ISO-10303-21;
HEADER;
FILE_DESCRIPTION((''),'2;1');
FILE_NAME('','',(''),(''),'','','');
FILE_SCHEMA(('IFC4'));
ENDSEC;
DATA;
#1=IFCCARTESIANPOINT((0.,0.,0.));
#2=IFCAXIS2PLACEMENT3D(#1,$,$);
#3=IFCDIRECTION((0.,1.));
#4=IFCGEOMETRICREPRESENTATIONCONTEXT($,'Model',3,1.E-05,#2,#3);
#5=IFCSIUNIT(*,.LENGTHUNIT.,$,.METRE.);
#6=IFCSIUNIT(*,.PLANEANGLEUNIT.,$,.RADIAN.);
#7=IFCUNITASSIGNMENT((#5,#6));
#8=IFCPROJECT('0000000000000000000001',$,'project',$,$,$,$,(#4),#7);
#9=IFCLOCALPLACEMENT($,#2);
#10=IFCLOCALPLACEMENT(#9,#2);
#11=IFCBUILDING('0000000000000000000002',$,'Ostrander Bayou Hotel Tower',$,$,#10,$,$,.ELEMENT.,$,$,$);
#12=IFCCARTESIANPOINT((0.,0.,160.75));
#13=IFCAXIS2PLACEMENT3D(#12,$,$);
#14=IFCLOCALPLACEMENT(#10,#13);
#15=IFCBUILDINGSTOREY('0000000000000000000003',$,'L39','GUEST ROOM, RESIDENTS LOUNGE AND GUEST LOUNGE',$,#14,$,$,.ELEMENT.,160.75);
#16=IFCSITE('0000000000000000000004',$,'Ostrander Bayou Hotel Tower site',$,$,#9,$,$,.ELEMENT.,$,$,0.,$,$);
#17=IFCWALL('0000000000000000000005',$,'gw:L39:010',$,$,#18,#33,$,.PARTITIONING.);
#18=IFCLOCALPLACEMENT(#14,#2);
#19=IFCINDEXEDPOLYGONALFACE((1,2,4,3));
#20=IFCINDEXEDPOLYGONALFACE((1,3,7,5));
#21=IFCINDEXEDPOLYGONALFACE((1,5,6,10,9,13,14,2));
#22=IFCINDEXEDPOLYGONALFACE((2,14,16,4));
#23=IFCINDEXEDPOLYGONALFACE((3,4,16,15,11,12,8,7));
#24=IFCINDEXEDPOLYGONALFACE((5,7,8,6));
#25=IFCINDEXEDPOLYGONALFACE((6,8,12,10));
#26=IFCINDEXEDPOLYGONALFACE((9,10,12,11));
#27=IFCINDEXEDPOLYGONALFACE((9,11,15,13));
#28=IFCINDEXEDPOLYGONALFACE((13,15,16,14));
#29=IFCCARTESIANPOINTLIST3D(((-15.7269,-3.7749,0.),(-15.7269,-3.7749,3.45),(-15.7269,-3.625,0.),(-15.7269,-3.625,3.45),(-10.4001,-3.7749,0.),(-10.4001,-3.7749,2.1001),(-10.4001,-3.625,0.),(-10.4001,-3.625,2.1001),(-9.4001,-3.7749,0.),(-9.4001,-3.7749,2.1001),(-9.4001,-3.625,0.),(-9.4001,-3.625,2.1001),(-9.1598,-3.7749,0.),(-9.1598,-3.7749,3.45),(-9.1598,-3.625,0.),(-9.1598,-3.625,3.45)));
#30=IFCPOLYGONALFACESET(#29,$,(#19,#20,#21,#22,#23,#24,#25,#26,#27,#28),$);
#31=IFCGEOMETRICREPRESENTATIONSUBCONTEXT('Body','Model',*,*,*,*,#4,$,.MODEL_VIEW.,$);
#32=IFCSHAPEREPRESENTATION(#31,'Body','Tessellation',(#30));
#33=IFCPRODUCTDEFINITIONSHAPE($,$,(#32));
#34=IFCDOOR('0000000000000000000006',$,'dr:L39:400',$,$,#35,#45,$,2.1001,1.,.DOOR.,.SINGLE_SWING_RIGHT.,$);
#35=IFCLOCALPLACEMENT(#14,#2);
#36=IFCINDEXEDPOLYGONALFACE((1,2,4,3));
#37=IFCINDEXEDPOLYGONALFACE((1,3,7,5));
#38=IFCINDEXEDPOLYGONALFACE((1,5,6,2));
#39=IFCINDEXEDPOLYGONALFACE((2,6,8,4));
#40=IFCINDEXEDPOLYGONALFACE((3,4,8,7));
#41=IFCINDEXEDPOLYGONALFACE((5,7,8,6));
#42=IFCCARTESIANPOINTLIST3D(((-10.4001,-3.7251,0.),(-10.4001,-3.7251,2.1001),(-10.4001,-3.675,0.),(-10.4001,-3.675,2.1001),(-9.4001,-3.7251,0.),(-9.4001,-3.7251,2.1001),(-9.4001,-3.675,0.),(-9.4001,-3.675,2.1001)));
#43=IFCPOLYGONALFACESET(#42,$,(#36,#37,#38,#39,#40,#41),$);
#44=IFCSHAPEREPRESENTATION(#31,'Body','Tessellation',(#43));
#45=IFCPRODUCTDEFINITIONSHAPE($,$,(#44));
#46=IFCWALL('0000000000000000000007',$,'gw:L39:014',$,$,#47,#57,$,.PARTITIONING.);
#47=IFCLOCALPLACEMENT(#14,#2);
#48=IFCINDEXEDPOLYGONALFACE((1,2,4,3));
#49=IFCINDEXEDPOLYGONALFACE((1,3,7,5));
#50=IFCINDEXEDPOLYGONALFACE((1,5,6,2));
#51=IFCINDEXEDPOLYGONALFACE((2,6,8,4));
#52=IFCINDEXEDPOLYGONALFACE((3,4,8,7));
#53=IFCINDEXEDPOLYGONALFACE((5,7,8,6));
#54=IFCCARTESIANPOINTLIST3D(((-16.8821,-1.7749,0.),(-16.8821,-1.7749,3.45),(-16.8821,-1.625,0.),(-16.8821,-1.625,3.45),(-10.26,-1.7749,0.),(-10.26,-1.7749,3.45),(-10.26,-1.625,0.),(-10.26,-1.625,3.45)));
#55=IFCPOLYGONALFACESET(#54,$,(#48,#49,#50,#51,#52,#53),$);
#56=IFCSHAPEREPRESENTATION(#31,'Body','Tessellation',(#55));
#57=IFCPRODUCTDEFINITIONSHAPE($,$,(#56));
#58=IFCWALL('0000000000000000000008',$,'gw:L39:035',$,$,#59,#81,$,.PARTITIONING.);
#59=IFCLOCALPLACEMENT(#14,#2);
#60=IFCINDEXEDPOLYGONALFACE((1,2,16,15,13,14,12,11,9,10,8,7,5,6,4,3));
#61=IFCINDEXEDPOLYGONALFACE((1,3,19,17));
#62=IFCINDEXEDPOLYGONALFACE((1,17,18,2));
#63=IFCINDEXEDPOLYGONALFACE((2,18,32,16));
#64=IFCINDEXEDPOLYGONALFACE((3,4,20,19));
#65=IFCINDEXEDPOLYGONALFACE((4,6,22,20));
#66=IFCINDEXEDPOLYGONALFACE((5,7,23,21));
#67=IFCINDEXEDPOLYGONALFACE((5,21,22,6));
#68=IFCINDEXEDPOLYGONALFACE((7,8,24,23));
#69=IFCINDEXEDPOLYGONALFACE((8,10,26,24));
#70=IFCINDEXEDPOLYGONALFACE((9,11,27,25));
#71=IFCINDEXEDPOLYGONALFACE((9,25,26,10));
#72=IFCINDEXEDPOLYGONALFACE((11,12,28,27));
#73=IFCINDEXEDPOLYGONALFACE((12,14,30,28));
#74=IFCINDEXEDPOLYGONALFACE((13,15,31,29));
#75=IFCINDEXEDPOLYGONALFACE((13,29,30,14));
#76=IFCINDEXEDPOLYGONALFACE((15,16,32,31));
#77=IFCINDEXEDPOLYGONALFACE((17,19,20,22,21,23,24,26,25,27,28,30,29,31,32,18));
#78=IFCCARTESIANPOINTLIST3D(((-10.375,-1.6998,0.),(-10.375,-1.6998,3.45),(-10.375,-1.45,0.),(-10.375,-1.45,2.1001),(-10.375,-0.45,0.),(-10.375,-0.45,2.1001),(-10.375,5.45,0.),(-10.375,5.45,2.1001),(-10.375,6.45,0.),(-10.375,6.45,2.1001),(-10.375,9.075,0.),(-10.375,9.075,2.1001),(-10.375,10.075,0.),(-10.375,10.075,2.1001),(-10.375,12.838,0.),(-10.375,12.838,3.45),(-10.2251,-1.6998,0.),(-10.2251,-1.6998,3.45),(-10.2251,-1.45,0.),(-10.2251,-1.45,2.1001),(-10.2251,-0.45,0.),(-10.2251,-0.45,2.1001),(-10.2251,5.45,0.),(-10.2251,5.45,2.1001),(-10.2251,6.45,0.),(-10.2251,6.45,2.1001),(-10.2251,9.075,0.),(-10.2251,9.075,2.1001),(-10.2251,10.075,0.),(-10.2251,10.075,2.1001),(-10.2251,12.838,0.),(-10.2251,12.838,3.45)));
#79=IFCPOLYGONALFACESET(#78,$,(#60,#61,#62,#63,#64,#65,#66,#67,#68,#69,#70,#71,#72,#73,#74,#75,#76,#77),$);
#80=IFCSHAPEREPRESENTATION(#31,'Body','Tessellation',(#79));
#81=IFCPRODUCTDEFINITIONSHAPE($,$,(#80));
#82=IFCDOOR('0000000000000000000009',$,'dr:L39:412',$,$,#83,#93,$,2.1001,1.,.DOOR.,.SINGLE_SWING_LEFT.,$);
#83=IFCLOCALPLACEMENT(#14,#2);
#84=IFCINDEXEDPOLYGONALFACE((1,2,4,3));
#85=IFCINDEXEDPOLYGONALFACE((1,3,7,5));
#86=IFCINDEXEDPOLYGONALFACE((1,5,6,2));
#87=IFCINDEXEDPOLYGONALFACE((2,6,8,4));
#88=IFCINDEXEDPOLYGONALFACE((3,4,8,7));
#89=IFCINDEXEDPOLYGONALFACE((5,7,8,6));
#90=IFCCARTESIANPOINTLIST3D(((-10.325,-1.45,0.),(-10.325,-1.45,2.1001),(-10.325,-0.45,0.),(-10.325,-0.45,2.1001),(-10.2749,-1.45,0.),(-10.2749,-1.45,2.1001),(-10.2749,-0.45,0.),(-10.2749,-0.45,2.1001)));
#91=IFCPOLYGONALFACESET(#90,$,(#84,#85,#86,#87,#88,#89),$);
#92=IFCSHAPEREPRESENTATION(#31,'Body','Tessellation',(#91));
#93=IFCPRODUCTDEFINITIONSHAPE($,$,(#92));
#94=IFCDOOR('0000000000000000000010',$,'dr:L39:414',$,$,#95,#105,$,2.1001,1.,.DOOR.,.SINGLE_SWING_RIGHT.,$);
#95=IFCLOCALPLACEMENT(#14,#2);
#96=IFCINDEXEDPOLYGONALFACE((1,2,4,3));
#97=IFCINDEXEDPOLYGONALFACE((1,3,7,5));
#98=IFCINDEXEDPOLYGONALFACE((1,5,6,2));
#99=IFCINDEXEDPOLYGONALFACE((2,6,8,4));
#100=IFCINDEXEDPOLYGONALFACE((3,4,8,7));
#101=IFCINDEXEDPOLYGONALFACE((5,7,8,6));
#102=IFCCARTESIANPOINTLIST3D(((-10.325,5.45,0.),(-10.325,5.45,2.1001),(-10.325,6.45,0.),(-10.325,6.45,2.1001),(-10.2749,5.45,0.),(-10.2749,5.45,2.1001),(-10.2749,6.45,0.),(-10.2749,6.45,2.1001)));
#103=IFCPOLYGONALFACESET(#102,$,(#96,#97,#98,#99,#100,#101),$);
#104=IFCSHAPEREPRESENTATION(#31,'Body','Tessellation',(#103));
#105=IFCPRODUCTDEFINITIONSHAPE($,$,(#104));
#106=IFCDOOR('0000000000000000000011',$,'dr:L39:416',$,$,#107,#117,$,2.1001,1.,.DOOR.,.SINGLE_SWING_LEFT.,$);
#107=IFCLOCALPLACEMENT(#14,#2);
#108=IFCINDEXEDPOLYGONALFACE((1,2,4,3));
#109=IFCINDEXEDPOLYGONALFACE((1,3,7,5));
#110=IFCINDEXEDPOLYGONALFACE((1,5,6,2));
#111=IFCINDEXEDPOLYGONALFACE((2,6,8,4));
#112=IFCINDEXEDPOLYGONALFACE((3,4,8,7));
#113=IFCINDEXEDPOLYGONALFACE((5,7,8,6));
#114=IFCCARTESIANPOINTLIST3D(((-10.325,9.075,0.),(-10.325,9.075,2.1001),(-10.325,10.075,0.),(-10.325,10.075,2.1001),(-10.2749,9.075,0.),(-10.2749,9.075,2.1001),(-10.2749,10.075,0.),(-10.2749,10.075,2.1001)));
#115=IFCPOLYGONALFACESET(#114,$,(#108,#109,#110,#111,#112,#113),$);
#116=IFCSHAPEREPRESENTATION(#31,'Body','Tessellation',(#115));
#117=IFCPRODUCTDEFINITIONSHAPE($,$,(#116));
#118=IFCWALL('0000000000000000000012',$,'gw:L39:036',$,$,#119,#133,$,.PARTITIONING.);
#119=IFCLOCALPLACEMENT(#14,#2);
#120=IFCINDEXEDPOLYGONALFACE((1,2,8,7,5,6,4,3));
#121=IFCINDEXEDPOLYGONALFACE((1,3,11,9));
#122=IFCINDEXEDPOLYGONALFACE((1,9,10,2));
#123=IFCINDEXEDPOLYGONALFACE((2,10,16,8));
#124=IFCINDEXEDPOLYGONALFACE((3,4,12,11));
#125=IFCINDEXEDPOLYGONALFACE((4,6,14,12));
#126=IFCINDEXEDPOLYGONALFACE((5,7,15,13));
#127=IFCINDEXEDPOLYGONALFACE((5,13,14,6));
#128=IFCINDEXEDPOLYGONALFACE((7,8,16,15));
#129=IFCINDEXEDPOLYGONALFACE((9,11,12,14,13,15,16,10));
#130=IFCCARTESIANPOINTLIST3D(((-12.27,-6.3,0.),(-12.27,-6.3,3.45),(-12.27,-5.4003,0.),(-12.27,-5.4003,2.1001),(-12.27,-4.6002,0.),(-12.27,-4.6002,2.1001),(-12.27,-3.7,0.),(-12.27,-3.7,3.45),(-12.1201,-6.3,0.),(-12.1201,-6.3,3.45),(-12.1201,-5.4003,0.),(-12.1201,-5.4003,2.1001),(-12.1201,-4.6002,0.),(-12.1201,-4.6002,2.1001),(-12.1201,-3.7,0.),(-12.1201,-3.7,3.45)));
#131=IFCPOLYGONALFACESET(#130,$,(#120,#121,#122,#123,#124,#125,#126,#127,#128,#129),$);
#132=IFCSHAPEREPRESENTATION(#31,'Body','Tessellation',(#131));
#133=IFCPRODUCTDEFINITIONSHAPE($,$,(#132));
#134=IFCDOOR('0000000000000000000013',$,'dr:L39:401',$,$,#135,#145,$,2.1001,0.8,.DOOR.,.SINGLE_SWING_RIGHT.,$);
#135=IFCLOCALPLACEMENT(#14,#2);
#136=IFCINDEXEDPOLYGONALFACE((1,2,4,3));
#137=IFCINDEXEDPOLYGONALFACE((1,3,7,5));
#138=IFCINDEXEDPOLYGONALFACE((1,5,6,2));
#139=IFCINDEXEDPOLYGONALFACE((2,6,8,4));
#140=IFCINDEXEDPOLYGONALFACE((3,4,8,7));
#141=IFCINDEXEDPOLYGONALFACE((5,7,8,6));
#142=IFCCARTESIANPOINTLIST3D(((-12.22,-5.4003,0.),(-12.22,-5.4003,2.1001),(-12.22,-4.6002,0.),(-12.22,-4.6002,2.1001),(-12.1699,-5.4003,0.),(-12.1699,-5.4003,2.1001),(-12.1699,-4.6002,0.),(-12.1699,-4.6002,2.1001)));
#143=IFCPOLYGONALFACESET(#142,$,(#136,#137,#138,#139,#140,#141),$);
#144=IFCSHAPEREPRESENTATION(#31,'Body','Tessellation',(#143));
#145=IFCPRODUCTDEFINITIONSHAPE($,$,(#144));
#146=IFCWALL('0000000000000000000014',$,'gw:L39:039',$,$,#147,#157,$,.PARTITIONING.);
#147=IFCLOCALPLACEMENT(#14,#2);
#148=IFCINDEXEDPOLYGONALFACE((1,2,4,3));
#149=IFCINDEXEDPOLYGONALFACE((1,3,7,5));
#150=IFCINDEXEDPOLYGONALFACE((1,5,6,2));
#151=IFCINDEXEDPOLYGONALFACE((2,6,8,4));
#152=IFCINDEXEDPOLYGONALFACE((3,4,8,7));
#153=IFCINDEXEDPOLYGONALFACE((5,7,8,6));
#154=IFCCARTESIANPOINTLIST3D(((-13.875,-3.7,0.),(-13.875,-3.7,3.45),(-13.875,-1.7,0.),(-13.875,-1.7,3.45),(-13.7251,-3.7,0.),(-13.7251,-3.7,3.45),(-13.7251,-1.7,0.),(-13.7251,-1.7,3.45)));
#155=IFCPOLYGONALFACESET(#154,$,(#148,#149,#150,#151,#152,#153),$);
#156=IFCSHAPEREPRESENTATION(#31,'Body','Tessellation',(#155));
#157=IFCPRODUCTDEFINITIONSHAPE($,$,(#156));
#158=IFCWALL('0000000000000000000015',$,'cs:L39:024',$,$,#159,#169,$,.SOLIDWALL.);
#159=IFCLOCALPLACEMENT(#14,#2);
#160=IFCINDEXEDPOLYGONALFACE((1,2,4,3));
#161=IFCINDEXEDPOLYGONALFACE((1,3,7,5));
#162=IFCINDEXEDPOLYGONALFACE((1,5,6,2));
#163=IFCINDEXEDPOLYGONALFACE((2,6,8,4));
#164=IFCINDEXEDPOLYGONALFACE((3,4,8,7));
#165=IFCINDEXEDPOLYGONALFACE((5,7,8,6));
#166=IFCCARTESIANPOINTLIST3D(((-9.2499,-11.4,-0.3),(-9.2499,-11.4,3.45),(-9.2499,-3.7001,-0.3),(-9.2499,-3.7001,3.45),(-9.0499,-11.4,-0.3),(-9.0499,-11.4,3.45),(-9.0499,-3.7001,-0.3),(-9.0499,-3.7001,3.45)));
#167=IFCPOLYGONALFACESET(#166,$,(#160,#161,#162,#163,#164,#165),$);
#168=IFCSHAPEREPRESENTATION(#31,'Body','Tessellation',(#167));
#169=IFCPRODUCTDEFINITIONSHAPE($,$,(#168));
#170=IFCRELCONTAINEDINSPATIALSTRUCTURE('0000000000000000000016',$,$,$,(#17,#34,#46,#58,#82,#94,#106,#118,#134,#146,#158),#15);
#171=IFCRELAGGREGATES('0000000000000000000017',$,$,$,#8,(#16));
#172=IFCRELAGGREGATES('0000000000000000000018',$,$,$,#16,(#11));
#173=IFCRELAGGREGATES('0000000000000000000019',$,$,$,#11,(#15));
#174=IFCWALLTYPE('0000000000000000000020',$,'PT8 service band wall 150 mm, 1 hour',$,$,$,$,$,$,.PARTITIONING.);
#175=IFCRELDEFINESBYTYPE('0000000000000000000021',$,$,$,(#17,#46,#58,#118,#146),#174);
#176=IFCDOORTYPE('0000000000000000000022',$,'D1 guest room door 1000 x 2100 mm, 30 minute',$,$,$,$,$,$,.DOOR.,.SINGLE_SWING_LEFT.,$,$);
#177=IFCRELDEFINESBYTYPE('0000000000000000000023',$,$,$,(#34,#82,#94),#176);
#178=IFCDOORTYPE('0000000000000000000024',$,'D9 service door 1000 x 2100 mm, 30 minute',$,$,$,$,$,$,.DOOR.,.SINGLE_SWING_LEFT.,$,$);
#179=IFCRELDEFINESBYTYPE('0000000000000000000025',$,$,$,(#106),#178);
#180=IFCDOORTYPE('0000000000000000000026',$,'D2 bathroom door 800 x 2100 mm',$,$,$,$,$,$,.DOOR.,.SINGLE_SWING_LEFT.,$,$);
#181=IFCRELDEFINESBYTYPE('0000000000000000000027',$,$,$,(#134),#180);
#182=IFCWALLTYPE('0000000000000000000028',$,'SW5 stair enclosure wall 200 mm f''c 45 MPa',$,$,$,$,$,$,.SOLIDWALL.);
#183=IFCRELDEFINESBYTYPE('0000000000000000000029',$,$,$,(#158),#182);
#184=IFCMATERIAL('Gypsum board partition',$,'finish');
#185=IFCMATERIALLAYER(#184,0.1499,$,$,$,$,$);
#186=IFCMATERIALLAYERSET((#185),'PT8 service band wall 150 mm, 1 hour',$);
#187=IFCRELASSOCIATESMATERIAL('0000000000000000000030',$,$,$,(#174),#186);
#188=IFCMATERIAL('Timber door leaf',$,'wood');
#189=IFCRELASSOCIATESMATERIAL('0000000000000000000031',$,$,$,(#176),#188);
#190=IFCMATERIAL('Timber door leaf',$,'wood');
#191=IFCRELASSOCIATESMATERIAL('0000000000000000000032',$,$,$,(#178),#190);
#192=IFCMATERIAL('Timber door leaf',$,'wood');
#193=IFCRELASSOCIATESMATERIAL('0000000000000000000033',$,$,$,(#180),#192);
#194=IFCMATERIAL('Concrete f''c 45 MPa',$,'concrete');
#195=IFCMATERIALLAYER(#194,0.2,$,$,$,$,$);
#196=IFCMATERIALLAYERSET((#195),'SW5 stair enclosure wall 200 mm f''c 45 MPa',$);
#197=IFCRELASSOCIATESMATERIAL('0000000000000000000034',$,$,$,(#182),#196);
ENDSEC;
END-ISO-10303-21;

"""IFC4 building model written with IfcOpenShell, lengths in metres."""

from ifc_helpers import new_model, si_unit, direction, frame, frame_2d, origin, place, context, subcontext, project, spatial, rectangle, extrude, material, layer, layer_set, type_object, element, fill, save


model = new_model("IFC4")

# Units and contexts
model_context = context("Model", 3, precision=1e-05, world=origin(), true_north=direction((0.0, 1.0)))
body_context = subcontext(model_context, "Body", "Model", "MODEL_VIEW")
ifc_project = project(units=[si_unit("LENGTHUNIT", "METRE"), si_unit("PLANEANGLEUNIT", "RADIAN")], contexts=[model_context])

# Site, building, storey
site_placement = place(None, origin())
site = spatial("IfcSite", under=ifc_project, at=site_placement, Name="Ostrander Bayou Hotel Tower site", CompositionType="ELEMENT", RefElevation=0.0)
building_placement = place(site_placement, origin())
building = spatial("IfcBuilding", under=site, at=building_placement, Name="Ostrander Bayou Hotel Tower", CompositionType="ELEMENT")
storey_placement = place(building_placement, frame((0.0, 0.0, 160.75)))
storey = spatial("IfcBuildingStorey", under=building, at=storey_placement, Name="L39", Description="GUEST ROOM, RESIDENTS LOUNGE AND GUEST LOUNGE", CompositionType="ELEMENT", Elevation=160.75)

# Shared definitions
ifc_material_1 = material(Name="Gypsum board partition", Category="finish")
ifc_layer_1 = layer(ifc_material_1, 0.1499)
ifc_layer_set_1 = layer_set([ifc_layer_1], Name="PT8 service band wall 150 mm, 1 hour")
wall_type_1 = type_object("IfcWallType", Name="PT8 service band wall 150 mm, 1 hour", PredefinedType="PARTITIONING", material=ifc_layer_set_1)

# Wall, opening, door
wall_1_placement = place(storey_placement, frame((-15.7271, -3.7, 0.0), z_axis=(0.0, 0.0, 1.0), x_axis=(1.0, 0.0, 0.0)))
wall_1 = element("IfcWall", 1, at=wall_1_placement, inside=storey, type_object=wall_type_1, Name="gw:L39:010", PredefinedType="PARTITIONING", context=body_context, shape_type="SweptSolid", body=[
    extrude(rectangle(XDim=6.5671, YDim=0.1499, at=frame_2d((3.2837, 0.0))), origin(), (0.0, 0.0, 1.0), 3.45),
])
opening_1_placement = place(wall_1_placement, frame((5.3269, 0.0, 0.0)))
opening_1 = element("IfcOpeningElement", 2, at=opening_1_placement, cuts=wall_1, PredefinedType="OPENING", context=body_context, shape_type="SweptSolid", body=[
    extrude(rectangle(XDim=1.0, YDim=2.1001, at=frame_2d((0.5, 1.05))), frame((0.0, 0.075, 0.0), z_axis=(0.0, -1.0, 0.0), x_axis=(1.0, 0.0, 0.0)), (0.0, 0.0, 1.0), 0.1499),
])
ifc_material_2 = material(Name="Timber door leaf", Category="wood")
door_type_1 = type_object("IfcDoorType", Name="D1 guest room door 1000 x 2100 mm, 30 minute", OperationType="SINGLE_SWING_LEFT", PredefinedType="DOOR", material=ifc_material_2)
door_1_placement = place(opening_1_placement, origin())
door_1 = element("IfcDoor", 3, at=door_1_placement, inside=storey, type_object=door_type_1, Name="dr:L39:400", OperationType="SINGLE_SWING_RIGHT", OverallHeight=2.1001, OverallWidth=1.0, PredefinedType="DOOR", context=body_context, shape_type="SweptSolid", body=[
    extrude(rectangle(XDim=1.0, YDim=2.1001, at=frame_2d((0.5, 1.05))), frame((0.0, 0.0249, 0.0), z_axis=(0.0, -1.0, 0.0), x_axis=(1.0, 0.0, 0.0)), (0.0, 0.0, 1.0), 0.05),
])
fill(opening_1, door_1)

# Wall
wall_2_placement = place(storey_placement, frame((-16.8821, -1.7, 0.0), z_axis=(0.0, 0.0, 1.0), x_axis=(1.0, 0.0, 0.0)))
element("IfcWall", 4, at=wall_2_placement, inside=storey, type_object=wall_type_1, Name="gw:L39:014", PredefinedType="PARTITIONING", context=body_context, shape_type="SweptSolid", body=[
    extrude(rectangle(XDim=6.6221, YDim=0.1499, at=frame_2d((3.311, 0.0))), origin(), (0.0, 0.0, 1.0), 3.45),
])

# Wall, openings, doors
wall_3_placement = place(storey_placement, frame((-10.3, -1.7, 0.0), z_axis=(0.0, 0.0, 1.0), x_axis=(0.0, 1.0, 0.0)))
wall_3 = element("IfcWall", 5, at=wall_3_placement, inside=storey, type_object=wall_type_1, Name="gw:L39:035", PredefinedType="PARTITIONING", context=body_context, shape_type="SweptSolid", body=[
    extrude(rectangle(XDim=14.5378, YDim=0.1499, at=frame_2d((7.269, 0.0))), origin(), (0.0, 0.0, 1.0), 3.45),
])
opening_2_placement = place(wall_3_placement, frame((0.25, 0.0, 0.0)))
opening_2 = element("IfcOpeningElement", 6, at=opening_2_placement, cuts=wall_3, PredefinedType="OPENING", context=body_context, shape_type="SweptSolid", body=[
    extrude(rectangle(XDim=1.0, YDim=2.1001, at=frame_2d((0.5, 1.05))), frame((0.0, 0.075, 0.0), z_axis=(0.0, -1.0, 0.0), x_axis=(1.0, 0.0, 0.0)), (0.0, 0.0, 1.0), 0.1499),
])
opening_3_placement = place(wall_3_placement, frame((7.1499, 0.0, 0.0)))
opening_3 = element("IfcOpeningElement", 7, at=opening_3_placement, cuts=wall_3, PredefinedType="OPENING", context=body_context, shape_type="SweptSolid", body=[
    extrude(rectangle(XDim=1.0, YDim=2.1001, at=frame_2d((0.5, 1.05))), frame((0.0, 0.075, 0.0), z_axis=(0.0, -1.0, 0.0), x_axis=(1.0, 0.0, 0.0)), (0.0, 0.0, 1.0), 0.1499),
])
opening_4_placement = place(wall_3_placement, frame((10.7749, 0.0, 0.0)))
opening_4 = element("IfcOpeningElement", 8, at=opening_4_placement, cuts=wall_3, PredefinedType="OPENING", context=body_context, shape_type="SweptSolid", body=[
    extrude(rectangle(XDim=1.0, YDim=2.1001, at=frame_2d((0.5, 1.05))), frame((0.0, 0.075, 0.0), z_axis=(0.0, -1.0, 0.0), x_axis=(1.0, 0.0, 0.0)), (0.0, 0.0, 1.0), 0.1499),
])
door_2_placement = place(opening_2_placement, origin())
door_2 = element("IfcDoor", 9, at=door_2_placement, inside=storey, type_object=door_type_1, Name="dr:L39:412", OperationType="SINGLE_SWING_LEFT", OverallHeight=2.1001, OverallWidth=1.0, PredefinedType="DOOR", context=body_context, shape_type="SweptSolid", body=[
    extrude(rectangle(XDim=1.0, YDim=2.1001, at=frame_2d((0.5, 1.05))), frame((0.0, 0.0249, 0.0), z_axis=(0.0, -1.0, 0.0), x_axis=(1.0, 0.0, 0.0)), (0.0, 0.0, 1.0), 0.05),
])
fill(opening_2, door_2)
door_3_placement = place(opening_3_placement, origin())
door_3 = element("IfcDoor", 10, at=door_3_placement, inside=storey, type_object=door_type_1, Name="dr:L39:414", OperationType="SINGLE_SWING_RIGHT", OverallHeight=2.1001, OverallWidth=1.0, PredefinedType="DOOR", context=body_context, shape_type="SweptSolid", body=[
    extrude(rectangle(XDim=1.0, YDim=2.1001, at=frame_2d((0.5, 1.05))), frame((0.0, 0.0249, 0.0), z_axis=(0.0, -1.0, 0.0), x_axis=(1.0, 0.0, 0.0)), (0.0, 0.0, 1.0), 0.05),
])
fill(opening_3, door_3)
ifc_material_3 = material(Name="Timber door leaf", Category="wood")
door_type_2 = type_object("IfcDoorType", Name="D9 service door 1000 x 2100 mm, 30 minute", OperationType="SINGLE_SWING_LEFT", PredefinedType="DOOR", material=ifc_material_3)
door_4_placement = place(opening_4_placement, origin())
door_4 = element("IfcDoor", 11, at=door_4_placement, inside=storey, type_object=door_type_2, Name="dr:L39:416", OperationType="SINGLE_SWING_LEFT", OverallHeight=2.1001, OverallWidth=1.0, PredefinedType="DOOR", context=body_context, shape_type="SweptSolid", body=[
    extrude(rectangle(XDim=1.0, YDim=2.1001, at=frame_2d((0.5, 1.05))), frame((0.0, 0.0249, 0.0), z_axis=(0.0, -1.0, 0.0), x_axis=(1.0, 0.0, 0.0)), (0.0, 0.0, 1.0), 0.05),
])
fill(opening_4, door_4)

# Wall, opening, door
wall_4_placement = place(storey_placement, frame((-12.1951, -6.3, 0.0), z_axis=(0.0, 0.0, 1.0), x_axis=(0.0, 1.0, 0.0)))
wall_4 = element("IfcWall", 12, at=wall_4_placement, inside=storey, type_object=wall_type_1, Name="gw:L39:036", PredefinedType="PARTITIONING", context=body_context, shape_type="SweptSolid", body=[
    extrude(rectangle(XDim=2.6001, YDim=0.1499, at=frame_2d((1.3, 0.0))), origin(), (0.0, 0.0, 1.0), 3.45),
])
opening_5_placement = place(wall_4_placement, frame((0.8999, 0.0, 0.0)))
opening_5 = element("IfcOpeningElement", 13, at=opening_5_placement, cuts=wall_4, PredefinedType="OPENING", context=body_context, shape_type="SweptSolid", body=[
    extrude(rectangle(XDim=0.8, YDim=2.1001, at=frame_2d((0.3999, 1.05))), frame((0.0, 0.075, 0.0), z_axis=(0.0, -1.0, 0.0), x_axis=(1.0, 0.0, 0.0)), (0.0, 0.0, 1.0), 0.1499),
])
ifc_material_4 = material(Name="Timber door leaf", Category="wood")
door_type_3 = type_object("IfcDoorType", Name="D2 bathroom door 800 x 2100 mm", OperationType="SINGLE_SWING_LEFT", PredefinedType="DOOR", material=ifc_material_4)
door_5_placement = place(opening_5_placement, origin())
door_5 = element("IfcDoor", 14, at=door_5_placement, inside=storey, type_object=door_type_3, Name="dr:L39:401", OperationType="SINGLE_SWING_RIGHT", OverallHeight=2.1001, OverallWidth=0.8, PredefinedType="DOOR", context=body_context, shape_type="SweptSolid", body=[
    extrude(rectangle(XDim=0.8, YDim=2.1001, at=frame_2d((0.3999, 1.05))), frame((0.0, 0.0249, 0.0), z_axis=(0.0, -1.0, 0.0), x_axis=(1.0, 0.0, 0.0)), (0.0, 0.0, 1.0), 0.05),
])
fill(opening_5, door_5)

# Wall
wall_5_placement = place(storey_placement, frame((-13.8, -3.7, 0.0), z_axis=(0.0, 0.0, 1.0), x_axis=(0.0, 1.0, 0.0)))
element("IfcWall", 15, at=wall_5_placement, inside=storey, type_object=wall_type_1, Name="gw:L39:039", PredefinedType="PARTITIONING", context=body_context, shape_type="SweptSolid", body=[
    extrude(rectangle(XDim=2.0, YDim=0.1499, at=frame_2d((1.0, 0.0))), origin(), (0.0, 0.0, 1.0), 3.45),
])

# Shared definitions
ifc_material_5 = material(Name="Concrete f'c 45 MPa", Category="concrete")
ifc_layer_2 = layer(ifc_material_5, 0.2)
ifc_layer_set_2 = layer_set([ifc_layer_2], Name="SW5 stair enclosure wall 200 mm f'c 45 MPa")
wall_type_2 = type_object("IfcWallType", Name="SW5 stair enclosure wall 200 mm f'c 45 MPa", PredefinedType="SOLIDWALL", material=ifc_layer_set_2)

# Wall
wall_6_placement = place(storey_placement, frame((-9.1499, -3.7, -0.3), z_axis=(0.0, 0.0, 1.0), x_axis=(0.0, -1.0, 0.0)))
element("IfcWall", 16, at=wall_6_placement, inside=storey, type_object=wall_type_2, Name="cs:L39:024", PredefinedType="SOLIDWALL", context=body_context, shape_type="SweptSolid", body=[
    extrude(rectangle(XDim=7.7, YDim=0.2, at=frame_2d((3.8501, 0.0))), origin(), (0.0, 0.0, 1.0), 3.75),
])

save(model, "model.ifc")
